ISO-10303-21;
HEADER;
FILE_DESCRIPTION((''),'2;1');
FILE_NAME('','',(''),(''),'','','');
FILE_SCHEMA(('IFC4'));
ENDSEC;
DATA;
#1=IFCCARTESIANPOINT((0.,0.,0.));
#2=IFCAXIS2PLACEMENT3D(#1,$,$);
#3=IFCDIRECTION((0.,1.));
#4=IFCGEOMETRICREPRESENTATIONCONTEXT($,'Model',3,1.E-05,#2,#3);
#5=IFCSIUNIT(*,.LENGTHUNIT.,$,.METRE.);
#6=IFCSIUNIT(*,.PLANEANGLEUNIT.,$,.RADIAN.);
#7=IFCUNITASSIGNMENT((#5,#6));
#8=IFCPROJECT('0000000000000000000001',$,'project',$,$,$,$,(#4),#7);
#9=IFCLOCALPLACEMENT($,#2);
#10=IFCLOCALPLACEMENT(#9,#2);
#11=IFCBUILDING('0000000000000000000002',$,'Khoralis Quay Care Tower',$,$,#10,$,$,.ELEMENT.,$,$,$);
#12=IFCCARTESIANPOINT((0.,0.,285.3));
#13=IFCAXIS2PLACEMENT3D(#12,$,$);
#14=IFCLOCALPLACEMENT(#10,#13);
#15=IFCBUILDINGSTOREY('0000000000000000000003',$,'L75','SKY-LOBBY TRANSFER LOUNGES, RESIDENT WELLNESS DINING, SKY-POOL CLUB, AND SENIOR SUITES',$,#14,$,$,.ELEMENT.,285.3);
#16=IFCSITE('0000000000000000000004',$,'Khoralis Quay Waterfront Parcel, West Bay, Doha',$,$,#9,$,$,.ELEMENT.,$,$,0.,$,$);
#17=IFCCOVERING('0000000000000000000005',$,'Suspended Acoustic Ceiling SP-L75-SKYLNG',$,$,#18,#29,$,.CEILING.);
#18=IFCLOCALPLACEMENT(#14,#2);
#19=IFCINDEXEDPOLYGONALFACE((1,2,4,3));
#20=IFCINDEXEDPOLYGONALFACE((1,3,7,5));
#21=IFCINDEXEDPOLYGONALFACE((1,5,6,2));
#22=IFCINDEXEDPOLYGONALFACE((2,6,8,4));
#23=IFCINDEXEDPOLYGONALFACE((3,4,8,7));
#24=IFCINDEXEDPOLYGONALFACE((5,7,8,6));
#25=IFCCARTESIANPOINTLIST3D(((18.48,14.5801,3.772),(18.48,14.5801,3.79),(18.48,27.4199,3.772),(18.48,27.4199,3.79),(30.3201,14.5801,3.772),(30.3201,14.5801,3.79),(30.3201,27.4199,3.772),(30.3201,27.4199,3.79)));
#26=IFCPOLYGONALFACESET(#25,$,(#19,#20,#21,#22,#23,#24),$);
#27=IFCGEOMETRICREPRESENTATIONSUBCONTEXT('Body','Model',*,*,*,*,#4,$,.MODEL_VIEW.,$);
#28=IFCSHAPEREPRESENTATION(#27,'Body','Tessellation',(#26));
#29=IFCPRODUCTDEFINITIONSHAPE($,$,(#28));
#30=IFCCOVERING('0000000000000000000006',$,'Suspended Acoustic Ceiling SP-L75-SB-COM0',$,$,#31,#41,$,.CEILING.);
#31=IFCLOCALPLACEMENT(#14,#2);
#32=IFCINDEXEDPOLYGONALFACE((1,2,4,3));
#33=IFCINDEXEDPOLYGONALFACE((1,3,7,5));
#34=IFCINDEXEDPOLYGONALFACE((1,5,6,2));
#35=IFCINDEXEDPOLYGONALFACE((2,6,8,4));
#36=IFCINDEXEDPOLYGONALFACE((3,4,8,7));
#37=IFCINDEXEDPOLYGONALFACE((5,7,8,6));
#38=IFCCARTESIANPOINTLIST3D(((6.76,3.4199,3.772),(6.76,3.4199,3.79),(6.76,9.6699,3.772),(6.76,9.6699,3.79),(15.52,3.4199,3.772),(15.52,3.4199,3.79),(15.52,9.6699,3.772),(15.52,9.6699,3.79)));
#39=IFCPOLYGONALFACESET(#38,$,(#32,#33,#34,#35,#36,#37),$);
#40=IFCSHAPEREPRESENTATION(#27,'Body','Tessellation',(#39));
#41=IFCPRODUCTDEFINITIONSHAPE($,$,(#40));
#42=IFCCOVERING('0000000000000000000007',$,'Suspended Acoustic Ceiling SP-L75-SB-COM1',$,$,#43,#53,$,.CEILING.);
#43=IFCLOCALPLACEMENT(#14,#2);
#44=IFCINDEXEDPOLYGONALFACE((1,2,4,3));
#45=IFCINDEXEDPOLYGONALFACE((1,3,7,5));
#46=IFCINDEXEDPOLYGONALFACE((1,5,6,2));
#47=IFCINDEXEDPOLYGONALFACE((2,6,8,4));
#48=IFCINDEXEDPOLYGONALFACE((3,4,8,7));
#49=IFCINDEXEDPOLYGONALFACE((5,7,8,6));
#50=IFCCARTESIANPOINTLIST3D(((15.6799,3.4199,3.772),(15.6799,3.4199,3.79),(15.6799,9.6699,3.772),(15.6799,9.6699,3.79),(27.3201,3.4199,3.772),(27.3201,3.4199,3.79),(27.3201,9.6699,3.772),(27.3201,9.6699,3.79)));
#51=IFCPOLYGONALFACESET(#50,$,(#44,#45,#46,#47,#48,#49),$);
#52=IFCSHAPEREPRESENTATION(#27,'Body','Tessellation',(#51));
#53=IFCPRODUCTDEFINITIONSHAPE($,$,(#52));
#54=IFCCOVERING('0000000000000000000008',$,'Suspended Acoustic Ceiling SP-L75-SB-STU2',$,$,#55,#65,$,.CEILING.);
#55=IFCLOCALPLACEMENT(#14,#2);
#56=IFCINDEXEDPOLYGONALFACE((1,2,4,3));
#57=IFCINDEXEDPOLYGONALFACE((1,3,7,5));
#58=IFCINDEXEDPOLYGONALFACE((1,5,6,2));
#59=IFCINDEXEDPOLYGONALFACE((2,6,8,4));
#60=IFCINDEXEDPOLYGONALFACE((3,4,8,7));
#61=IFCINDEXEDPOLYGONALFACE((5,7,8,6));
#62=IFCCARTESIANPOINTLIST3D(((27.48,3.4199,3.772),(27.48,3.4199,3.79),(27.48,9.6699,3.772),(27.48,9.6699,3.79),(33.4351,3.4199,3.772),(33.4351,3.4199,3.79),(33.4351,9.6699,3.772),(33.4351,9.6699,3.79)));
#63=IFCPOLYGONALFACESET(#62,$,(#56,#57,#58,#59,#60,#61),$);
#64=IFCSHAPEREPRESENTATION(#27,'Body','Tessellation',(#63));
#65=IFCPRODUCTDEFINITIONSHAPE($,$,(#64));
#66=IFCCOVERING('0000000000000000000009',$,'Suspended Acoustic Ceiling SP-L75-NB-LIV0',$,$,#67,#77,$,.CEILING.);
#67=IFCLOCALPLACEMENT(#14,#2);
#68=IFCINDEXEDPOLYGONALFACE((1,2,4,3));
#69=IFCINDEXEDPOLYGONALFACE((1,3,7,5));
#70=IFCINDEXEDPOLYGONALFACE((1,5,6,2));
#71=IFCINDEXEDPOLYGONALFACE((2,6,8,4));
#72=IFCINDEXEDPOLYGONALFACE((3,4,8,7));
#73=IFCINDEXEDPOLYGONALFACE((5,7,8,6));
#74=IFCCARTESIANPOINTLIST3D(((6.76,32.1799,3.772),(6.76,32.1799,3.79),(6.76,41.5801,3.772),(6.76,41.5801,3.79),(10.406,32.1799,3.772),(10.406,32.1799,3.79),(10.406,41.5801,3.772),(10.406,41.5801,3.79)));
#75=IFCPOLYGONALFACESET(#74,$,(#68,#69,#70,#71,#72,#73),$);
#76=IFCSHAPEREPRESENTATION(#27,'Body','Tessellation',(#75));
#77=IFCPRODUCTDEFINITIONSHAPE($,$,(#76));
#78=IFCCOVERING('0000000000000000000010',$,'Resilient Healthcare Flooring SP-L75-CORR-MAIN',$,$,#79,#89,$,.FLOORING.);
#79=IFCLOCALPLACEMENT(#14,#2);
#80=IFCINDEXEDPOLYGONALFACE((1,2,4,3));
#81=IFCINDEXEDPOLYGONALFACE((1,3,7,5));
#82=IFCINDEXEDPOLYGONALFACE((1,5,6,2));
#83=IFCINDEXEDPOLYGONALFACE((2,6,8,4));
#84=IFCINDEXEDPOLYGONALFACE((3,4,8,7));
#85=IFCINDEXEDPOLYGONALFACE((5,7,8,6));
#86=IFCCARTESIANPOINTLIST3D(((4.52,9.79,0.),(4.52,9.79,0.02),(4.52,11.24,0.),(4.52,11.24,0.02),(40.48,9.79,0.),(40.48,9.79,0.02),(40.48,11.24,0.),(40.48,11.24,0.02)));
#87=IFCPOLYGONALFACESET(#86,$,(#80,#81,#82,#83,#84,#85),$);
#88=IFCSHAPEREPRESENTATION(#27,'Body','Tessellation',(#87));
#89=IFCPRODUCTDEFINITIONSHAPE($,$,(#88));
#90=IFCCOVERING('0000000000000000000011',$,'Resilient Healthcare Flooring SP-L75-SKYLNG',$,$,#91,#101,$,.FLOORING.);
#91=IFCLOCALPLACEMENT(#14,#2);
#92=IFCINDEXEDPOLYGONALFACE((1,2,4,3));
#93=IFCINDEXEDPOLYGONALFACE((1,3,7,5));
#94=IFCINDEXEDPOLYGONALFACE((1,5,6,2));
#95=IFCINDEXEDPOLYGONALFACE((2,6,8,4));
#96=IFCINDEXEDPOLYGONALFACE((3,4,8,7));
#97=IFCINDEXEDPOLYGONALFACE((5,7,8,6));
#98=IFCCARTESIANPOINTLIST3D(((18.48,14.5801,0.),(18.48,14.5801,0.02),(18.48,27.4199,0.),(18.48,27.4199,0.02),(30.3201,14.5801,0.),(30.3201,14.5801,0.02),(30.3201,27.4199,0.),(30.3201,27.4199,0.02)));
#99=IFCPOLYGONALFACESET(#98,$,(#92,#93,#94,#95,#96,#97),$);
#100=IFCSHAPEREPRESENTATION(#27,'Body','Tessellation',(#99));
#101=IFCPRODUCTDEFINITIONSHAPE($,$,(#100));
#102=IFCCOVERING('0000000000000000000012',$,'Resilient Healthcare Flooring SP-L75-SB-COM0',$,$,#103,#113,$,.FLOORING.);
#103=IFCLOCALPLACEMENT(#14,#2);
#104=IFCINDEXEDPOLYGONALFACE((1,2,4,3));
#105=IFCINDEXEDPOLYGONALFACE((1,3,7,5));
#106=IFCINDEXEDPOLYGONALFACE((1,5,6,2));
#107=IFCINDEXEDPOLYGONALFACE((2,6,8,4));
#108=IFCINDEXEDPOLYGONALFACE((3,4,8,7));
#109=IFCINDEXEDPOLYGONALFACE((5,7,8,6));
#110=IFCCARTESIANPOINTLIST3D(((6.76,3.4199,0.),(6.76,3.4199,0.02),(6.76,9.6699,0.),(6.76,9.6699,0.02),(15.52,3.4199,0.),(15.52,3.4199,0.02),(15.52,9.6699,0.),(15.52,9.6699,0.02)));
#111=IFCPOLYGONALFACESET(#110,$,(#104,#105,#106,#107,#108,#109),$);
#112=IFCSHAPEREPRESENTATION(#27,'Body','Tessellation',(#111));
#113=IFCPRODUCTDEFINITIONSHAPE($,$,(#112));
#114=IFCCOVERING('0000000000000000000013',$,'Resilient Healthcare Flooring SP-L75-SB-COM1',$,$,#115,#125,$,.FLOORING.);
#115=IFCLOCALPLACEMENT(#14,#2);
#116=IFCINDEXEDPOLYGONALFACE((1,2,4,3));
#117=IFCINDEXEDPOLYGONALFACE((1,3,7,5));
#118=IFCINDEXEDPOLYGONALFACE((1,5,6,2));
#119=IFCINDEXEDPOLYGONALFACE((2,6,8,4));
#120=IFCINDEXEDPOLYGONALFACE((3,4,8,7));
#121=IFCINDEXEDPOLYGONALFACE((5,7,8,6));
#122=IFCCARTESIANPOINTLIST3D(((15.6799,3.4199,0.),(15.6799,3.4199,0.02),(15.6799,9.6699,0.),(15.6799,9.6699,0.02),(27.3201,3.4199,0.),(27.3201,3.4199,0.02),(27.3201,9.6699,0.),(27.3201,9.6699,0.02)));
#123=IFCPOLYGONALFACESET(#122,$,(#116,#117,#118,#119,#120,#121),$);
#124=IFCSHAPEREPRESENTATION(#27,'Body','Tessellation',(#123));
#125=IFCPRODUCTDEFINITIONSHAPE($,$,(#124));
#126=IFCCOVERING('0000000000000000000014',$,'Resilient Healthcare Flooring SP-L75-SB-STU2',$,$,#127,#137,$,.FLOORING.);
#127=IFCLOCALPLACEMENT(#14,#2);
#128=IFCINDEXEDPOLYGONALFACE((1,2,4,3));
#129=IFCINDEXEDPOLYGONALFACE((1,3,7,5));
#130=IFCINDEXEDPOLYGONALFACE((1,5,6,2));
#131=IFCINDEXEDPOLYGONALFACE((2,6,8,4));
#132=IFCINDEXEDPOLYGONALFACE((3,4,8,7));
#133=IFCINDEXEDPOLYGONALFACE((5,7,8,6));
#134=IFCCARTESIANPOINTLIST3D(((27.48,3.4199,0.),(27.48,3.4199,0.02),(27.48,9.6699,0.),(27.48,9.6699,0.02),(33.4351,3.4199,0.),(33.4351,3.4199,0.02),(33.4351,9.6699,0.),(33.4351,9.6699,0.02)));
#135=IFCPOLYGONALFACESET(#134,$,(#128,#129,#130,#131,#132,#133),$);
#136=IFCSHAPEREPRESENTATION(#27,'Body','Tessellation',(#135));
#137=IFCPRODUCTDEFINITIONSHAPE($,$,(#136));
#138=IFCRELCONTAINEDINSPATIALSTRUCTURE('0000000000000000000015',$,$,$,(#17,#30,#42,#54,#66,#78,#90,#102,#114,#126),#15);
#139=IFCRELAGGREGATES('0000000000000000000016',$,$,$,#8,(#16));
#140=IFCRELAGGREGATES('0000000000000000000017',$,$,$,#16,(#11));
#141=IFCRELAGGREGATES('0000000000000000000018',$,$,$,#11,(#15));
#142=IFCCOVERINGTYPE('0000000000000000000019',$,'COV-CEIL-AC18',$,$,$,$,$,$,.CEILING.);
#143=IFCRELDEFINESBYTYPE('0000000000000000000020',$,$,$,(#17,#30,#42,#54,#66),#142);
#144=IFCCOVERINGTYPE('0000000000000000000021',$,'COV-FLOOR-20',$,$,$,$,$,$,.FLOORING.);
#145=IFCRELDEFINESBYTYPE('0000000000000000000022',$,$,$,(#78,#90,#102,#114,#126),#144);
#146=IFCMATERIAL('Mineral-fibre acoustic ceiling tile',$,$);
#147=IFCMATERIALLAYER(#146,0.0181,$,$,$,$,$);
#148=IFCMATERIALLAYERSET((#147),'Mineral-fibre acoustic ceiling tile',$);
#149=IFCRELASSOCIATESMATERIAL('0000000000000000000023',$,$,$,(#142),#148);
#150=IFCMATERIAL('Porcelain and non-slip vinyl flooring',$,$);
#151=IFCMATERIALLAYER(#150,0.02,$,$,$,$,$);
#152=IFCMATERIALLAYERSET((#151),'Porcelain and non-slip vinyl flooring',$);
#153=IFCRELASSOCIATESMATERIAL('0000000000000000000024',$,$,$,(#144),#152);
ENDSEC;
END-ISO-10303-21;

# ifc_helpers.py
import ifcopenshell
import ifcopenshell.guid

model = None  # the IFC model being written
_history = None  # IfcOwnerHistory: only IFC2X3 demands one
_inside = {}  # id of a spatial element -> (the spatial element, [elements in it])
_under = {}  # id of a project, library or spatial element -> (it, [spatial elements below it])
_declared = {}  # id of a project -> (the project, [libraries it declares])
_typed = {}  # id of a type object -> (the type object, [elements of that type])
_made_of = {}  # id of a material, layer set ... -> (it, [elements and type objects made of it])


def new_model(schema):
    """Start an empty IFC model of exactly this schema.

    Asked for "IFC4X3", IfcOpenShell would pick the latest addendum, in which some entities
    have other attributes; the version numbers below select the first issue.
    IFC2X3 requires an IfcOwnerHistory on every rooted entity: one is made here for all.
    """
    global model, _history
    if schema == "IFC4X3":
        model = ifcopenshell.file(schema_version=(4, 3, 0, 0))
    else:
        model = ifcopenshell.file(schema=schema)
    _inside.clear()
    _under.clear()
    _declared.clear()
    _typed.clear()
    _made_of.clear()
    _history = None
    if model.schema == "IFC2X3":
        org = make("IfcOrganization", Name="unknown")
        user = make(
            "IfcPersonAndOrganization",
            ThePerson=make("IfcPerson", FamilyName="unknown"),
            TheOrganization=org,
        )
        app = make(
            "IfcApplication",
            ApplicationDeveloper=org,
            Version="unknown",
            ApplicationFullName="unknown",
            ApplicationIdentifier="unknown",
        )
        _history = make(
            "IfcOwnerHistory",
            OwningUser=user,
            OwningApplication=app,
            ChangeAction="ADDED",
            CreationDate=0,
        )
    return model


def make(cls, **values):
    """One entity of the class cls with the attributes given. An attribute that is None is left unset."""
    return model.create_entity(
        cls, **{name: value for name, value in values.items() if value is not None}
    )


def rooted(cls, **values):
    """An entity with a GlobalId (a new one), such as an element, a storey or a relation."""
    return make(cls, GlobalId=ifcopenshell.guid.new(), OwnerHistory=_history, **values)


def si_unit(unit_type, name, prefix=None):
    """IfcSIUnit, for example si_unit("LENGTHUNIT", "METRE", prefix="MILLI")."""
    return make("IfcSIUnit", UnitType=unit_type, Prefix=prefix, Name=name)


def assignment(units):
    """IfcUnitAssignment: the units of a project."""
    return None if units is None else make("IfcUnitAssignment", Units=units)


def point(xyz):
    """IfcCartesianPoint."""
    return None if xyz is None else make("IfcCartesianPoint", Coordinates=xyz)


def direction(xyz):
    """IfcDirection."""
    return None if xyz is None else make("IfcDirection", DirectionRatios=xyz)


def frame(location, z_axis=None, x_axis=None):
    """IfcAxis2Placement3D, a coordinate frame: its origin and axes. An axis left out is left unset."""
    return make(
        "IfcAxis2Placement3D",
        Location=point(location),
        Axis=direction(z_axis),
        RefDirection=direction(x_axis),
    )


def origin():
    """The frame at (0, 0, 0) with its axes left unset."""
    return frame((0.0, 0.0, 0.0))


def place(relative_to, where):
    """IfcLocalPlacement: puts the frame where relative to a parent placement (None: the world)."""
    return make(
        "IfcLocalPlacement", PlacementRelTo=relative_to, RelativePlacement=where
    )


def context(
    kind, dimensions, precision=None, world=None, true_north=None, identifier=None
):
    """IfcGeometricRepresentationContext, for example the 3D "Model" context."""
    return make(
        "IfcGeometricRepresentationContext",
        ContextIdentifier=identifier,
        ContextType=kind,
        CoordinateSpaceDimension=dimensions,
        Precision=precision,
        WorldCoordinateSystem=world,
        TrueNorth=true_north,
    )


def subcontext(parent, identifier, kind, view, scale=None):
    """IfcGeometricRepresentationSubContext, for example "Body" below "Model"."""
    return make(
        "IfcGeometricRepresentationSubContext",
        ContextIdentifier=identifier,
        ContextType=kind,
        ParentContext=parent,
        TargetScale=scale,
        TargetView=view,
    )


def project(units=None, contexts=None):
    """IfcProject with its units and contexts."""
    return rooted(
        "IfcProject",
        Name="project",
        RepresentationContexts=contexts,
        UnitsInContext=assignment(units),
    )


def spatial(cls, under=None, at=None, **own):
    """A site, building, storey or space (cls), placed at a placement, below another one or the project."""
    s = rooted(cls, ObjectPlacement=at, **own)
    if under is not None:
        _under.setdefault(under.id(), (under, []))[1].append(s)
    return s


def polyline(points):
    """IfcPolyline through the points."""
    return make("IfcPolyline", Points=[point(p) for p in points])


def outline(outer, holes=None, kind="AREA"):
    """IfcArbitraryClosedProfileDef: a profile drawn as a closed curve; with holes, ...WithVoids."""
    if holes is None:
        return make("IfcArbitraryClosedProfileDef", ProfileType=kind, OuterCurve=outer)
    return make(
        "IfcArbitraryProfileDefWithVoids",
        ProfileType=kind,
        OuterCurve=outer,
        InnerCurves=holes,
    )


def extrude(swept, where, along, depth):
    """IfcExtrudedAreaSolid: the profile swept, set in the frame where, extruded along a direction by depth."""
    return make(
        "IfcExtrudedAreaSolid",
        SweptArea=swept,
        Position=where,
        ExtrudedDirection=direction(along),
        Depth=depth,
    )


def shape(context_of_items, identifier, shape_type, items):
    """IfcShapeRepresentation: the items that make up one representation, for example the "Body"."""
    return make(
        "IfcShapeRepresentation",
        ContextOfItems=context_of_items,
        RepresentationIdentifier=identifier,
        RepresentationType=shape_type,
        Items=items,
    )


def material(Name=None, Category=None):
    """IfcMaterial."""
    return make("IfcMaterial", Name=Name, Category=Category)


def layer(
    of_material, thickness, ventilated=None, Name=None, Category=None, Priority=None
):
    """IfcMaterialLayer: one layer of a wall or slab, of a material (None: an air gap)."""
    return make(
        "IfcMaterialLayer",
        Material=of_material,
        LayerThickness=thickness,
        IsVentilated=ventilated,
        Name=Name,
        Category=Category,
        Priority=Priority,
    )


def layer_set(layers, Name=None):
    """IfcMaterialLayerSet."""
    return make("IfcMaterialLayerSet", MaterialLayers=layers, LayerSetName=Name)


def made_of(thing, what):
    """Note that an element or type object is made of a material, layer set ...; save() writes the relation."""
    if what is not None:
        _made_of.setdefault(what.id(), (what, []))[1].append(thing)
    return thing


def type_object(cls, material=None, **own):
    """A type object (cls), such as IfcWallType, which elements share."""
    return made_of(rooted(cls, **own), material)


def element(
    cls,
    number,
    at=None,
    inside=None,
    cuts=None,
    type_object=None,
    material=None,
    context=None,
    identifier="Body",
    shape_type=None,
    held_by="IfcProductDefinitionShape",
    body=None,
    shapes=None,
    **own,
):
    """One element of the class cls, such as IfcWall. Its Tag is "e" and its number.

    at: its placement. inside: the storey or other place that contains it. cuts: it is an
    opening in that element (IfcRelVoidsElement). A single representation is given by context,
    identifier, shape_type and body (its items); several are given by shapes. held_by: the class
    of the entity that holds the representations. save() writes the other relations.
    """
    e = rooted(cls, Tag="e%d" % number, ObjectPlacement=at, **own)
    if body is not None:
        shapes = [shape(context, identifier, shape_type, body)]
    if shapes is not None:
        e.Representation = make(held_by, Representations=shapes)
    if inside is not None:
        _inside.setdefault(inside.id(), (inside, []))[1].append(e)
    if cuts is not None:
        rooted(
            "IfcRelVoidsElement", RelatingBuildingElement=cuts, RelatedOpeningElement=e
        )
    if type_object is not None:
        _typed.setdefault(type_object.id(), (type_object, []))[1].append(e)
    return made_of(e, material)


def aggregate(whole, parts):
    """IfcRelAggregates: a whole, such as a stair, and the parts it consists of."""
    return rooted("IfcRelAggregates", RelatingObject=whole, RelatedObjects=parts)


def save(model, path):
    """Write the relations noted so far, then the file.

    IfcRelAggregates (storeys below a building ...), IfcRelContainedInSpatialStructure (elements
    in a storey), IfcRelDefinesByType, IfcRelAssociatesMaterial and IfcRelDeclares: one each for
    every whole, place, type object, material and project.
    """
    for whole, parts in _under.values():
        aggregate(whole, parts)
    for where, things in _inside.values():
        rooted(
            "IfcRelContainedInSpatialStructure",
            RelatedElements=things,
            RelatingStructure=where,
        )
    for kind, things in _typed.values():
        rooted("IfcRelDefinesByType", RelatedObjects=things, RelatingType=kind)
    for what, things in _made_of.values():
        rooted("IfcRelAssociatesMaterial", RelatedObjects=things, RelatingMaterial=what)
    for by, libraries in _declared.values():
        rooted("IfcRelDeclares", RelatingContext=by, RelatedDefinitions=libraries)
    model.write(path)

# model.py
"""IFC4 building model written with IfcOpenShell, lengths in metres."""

from ifc_helpers import new_model, si_unit, direction, frame, origin, place, context, subcontext, project, spatial, polyline, outline, extrude, material, layer, layer_set, type_object, element, save


model = new_model("IFC4")

# Units and contexts
model_context = context("Model", 3, precision=1e-05, world=origin(), true_north=direction((0.0, 1.0)))
body_context = subcontext(model_context, "Body", "Model", "MODEL_VIEW")
ifc_project = project(units=[si_unit("LENGTHUNIT", "METRE"), si_unit("PLANEANGLEUNIT", "RADIAN")], contexts=[model_context])

# Site, building, storey
site_placement = place(None, origin())
site = spatial("IfcSite", under=ifc_project, at=site_placement, Name="Khoralis Quay Waterfront Parcel, West Bay, Doha", CompositionType="ELEMENT", RefElevation=0.0)
building_placement = place(site_placement, origin())
building = spatial("IfcBuilding", under=site, at=building_placement, Name="Khoralis Quay Care Tower", CompositionType="ELEMENT")
storey_placement = place(building_placement, frame((0.0, 0.0, 285.3)))
storey = spatial("IfcBuildingStorey", under=building, at=storey_placement, Name="L75", Description="SKY-LOBBY TRANSFER LOUNGES, RESIDENT WELLNESS DINING, SKY-POOL CLUB, AND SENIOR SUITES", CompositionType="ELEMENT", Elevation=285.3)

# Coverings
ifc_material_1 = material(Name="Mineral-fibre acoustic ceiling tile")
ifc_layer_1 = layer(ifc_material_1, 0.0181)
ifc_layer_set_1 = layer_set([ifc_layer_1], Name="Mineral-fibre acoustic ceiling tile")
covering_type_1 = type_object("IfcCoveringType", Name="COV-CEIL-AC18", PredefinedType="CEILING", material=ifc_layer_set_1)
covering_1_placement = place(storey_placement, frame((0.0, 0.0, 3.772)))
element("IfcCovering", 1, at=covering_1_placement, inside=storey, type_object=covering_type_1, Name="Suspended Acoustic Ceiling SP-L75-SKYLNG", PredefinedType="CEILING", context=body_context, shape_type="SweptSolid", body=[
    extrude(outline(polyline([(18.48, 14.5801), (30.3201, 14.5801), (30.3201, 27.4199), (18.48, 27.4199), (18.48, 14.5801)])), origin(), (0.0, 0.0, 1.0), 0.0181),
])
covering_2_placement = place(storey_placement, frame((0.0, 0.0, 3.772)))
element("IfcCovering", 2, at=covering_2_placement, inside=storey, type_object=covering_type_1, Name="Suspended Acoustic Ceiling SP-L75-SB-COM0", PredefinedType="CEILING", context=body_context, shape_type="SweptSolid", body=[
    extrude(outline(polyline([(6.76, 3.4199), (15.52, 3.4199), (15.52, 9.6699), (6.76, 9.6699), (6.76, 3.4199)])), origin(), (0.0, 0.0, 1.0), 0.0181),
])
covering_3_placement = place(storey_placement, frame((0.0, 0.0, 3.772)))
element("IfcCovering", 3, at=covering_3_placement, inside=storey, type_object=covering_type_1, Name="Suspended Acoustic Ceiling SP-L75-SB-COM1", PredefinedType="CEILING", context=body_context, shape_type="SweptSolid", body=[
    extrude(outline(polyline([(15.6799, 3.4199), (27.3201, 3.4199), (27.3201, 9.6699), (15.6799, 9.6699), (15.6799, 3.4199)])), origin(), (0.0, 0.0, 1.0), 0.0181),
])
covering_4_placement = place(storey_placement, frame((0.0, 0.0, 3.772)))
element("IfcCovering", 4, at=covering_4_placement, inside=storey, type_object=covering_type_1, Name="Suspended Acoustic Ceiling SP-L75-SB-STU2", PredefinedType="CEILING", context=body_context, shape_type="SweptSolid", body=[
    extrude(outline(polyline([(27.48, 3.4199), (33.4351, 3.4199), (33.4351, 9.6699), (27.48, 9.6699), (27.48, 3.4199)])), origin(), (0.0, 0.0, 1.0), 0.0181),
])
covering_5_placement = place(storey_placement, frame((0.0, 0.0, 3.772)))
element("IfcCovering", 5, at=covering_5_placement, inside=storey, type_object=covering_type_1, Name="Suspended Acoustic Ceiling SP-L75-NB-LIV0", PredefinedType="CEILING", context=body_context, shape_type="SweptSolid", body=[
    extrude(outline(polyline([(6.76, 32.1799), (10.406, 32.1799), (10.406, 41.5801), (6.76, 41.5801), (6.76, 32.1799)])), origin(), (0.0, 0.0, 1.0), 0.0181),
])
ifc_material_2 = material(Name="Porcelain and non-slip vinyl flooring")
ifc_layer_2 = layer(ifc_material_2, 0.02)
ifc_layer_set_2 = layer_set([ifc_layer_2], Name="Porcelain and non-slip vinyl flooring")
covering_type_2 = type_object("IfcCoveringType", Name="COV-FLOOR-20", PredefinedType="FLOORING", material=ifc_layer_set_2)
covering_6_placement = place(storey_placement, origin())
element("IfcCovering", 6, at=covering_6_placement, inside=storey, type_object=covering_type_2, Name="Resilient Healthcare Flooring SP-L75-CORR-MAIN", PredefinedType="FLOORING", context=body_context, shape_type="SweptSolid", body=[
    extrude(outline(polyline([(4.52, 9.79), (40.48, 9.79), (40.48, 11.24), (4.52, 11.24), (4.52, 9.79)])), origin(), (0.0, 0.0, 1.0), 0.02),
])
covering_7_placement = place(storey_placement, origin())
element("IfcCovering", 7, at=covering_7_placement, inside=storey, type_object=covering_type_2, Name="Resilient Healthcare Flooring SP-L75-SKYLNG", PredefinedType="FLOORING", context=body_context, shape_type="SweptSolid", body=[
    extrude(outline(polyline([(18.48, 14.5801), (30.3201, 14.5801), (30.3201, 27.4199), (18.48, 27.4199), (18.48, 14.5801)])), origin(), (0.0, 0.0, 1.0), 0.02),
])
covering_8_placement = place(storey_placement, origin())
element("IfcCovering", 8, at=covering_8_placement, inside=storey, type_object=covering_type_2, Name="Resilient Healthcare Flooring SP-L75-SB-COM0", PredefinedType="FLOORING", context=body_context, shape_type="SweptSolid", body=[
    extrude(outline(polyline([(6.76, 3.4199), (15.52, 3.4199), (15.52, 9.6699), (6.76, 9.6699), (6.76, 3.4199)])), origin(), (0.0, 0.0, 1.0), 0.02),
])
covering_9_placement = place(storey_placement, origin())
element("IfcCovering", 9, at=covering_9_placement, inside=storey, type_object=covering_type_2, Name="Resilient Healthcare Flooring SP-L75-SB-COM1", PredefinedType="FLOORING", context=body_context, shape_type="SweptSolid", body=[
    extrude(outline(polyline([(15.6799, 3.4199), (27.3201, 3.4199), (27.3201, 9.6699), (15.6799, 9.6699), (15.6799, 3.4199)])), origin(), (0.0, 0.0, 1.0), 0.02),
])
covering_10_placement = place(storey_placement, origin())
element("IfcCovering", 10, at=covering_10_placement, inside=storey, type_object=covering_type_2, Name="Resilient Healthcare Flooring SP-L75-SB-STU2", PredefinedType="FLOORING", context=body_context, shape_type="SweptSolid", body=[
    extrude(outline(polyline([(27.48, 3.4199), (33.4351, 3.4199), (33.4351, 9.6699), (27.48, 9.6699), (27.48, 3.4199)])), origin(), (0.0, 0.0, 1.0), 0.02),
])

save(model, "model.ifc")
